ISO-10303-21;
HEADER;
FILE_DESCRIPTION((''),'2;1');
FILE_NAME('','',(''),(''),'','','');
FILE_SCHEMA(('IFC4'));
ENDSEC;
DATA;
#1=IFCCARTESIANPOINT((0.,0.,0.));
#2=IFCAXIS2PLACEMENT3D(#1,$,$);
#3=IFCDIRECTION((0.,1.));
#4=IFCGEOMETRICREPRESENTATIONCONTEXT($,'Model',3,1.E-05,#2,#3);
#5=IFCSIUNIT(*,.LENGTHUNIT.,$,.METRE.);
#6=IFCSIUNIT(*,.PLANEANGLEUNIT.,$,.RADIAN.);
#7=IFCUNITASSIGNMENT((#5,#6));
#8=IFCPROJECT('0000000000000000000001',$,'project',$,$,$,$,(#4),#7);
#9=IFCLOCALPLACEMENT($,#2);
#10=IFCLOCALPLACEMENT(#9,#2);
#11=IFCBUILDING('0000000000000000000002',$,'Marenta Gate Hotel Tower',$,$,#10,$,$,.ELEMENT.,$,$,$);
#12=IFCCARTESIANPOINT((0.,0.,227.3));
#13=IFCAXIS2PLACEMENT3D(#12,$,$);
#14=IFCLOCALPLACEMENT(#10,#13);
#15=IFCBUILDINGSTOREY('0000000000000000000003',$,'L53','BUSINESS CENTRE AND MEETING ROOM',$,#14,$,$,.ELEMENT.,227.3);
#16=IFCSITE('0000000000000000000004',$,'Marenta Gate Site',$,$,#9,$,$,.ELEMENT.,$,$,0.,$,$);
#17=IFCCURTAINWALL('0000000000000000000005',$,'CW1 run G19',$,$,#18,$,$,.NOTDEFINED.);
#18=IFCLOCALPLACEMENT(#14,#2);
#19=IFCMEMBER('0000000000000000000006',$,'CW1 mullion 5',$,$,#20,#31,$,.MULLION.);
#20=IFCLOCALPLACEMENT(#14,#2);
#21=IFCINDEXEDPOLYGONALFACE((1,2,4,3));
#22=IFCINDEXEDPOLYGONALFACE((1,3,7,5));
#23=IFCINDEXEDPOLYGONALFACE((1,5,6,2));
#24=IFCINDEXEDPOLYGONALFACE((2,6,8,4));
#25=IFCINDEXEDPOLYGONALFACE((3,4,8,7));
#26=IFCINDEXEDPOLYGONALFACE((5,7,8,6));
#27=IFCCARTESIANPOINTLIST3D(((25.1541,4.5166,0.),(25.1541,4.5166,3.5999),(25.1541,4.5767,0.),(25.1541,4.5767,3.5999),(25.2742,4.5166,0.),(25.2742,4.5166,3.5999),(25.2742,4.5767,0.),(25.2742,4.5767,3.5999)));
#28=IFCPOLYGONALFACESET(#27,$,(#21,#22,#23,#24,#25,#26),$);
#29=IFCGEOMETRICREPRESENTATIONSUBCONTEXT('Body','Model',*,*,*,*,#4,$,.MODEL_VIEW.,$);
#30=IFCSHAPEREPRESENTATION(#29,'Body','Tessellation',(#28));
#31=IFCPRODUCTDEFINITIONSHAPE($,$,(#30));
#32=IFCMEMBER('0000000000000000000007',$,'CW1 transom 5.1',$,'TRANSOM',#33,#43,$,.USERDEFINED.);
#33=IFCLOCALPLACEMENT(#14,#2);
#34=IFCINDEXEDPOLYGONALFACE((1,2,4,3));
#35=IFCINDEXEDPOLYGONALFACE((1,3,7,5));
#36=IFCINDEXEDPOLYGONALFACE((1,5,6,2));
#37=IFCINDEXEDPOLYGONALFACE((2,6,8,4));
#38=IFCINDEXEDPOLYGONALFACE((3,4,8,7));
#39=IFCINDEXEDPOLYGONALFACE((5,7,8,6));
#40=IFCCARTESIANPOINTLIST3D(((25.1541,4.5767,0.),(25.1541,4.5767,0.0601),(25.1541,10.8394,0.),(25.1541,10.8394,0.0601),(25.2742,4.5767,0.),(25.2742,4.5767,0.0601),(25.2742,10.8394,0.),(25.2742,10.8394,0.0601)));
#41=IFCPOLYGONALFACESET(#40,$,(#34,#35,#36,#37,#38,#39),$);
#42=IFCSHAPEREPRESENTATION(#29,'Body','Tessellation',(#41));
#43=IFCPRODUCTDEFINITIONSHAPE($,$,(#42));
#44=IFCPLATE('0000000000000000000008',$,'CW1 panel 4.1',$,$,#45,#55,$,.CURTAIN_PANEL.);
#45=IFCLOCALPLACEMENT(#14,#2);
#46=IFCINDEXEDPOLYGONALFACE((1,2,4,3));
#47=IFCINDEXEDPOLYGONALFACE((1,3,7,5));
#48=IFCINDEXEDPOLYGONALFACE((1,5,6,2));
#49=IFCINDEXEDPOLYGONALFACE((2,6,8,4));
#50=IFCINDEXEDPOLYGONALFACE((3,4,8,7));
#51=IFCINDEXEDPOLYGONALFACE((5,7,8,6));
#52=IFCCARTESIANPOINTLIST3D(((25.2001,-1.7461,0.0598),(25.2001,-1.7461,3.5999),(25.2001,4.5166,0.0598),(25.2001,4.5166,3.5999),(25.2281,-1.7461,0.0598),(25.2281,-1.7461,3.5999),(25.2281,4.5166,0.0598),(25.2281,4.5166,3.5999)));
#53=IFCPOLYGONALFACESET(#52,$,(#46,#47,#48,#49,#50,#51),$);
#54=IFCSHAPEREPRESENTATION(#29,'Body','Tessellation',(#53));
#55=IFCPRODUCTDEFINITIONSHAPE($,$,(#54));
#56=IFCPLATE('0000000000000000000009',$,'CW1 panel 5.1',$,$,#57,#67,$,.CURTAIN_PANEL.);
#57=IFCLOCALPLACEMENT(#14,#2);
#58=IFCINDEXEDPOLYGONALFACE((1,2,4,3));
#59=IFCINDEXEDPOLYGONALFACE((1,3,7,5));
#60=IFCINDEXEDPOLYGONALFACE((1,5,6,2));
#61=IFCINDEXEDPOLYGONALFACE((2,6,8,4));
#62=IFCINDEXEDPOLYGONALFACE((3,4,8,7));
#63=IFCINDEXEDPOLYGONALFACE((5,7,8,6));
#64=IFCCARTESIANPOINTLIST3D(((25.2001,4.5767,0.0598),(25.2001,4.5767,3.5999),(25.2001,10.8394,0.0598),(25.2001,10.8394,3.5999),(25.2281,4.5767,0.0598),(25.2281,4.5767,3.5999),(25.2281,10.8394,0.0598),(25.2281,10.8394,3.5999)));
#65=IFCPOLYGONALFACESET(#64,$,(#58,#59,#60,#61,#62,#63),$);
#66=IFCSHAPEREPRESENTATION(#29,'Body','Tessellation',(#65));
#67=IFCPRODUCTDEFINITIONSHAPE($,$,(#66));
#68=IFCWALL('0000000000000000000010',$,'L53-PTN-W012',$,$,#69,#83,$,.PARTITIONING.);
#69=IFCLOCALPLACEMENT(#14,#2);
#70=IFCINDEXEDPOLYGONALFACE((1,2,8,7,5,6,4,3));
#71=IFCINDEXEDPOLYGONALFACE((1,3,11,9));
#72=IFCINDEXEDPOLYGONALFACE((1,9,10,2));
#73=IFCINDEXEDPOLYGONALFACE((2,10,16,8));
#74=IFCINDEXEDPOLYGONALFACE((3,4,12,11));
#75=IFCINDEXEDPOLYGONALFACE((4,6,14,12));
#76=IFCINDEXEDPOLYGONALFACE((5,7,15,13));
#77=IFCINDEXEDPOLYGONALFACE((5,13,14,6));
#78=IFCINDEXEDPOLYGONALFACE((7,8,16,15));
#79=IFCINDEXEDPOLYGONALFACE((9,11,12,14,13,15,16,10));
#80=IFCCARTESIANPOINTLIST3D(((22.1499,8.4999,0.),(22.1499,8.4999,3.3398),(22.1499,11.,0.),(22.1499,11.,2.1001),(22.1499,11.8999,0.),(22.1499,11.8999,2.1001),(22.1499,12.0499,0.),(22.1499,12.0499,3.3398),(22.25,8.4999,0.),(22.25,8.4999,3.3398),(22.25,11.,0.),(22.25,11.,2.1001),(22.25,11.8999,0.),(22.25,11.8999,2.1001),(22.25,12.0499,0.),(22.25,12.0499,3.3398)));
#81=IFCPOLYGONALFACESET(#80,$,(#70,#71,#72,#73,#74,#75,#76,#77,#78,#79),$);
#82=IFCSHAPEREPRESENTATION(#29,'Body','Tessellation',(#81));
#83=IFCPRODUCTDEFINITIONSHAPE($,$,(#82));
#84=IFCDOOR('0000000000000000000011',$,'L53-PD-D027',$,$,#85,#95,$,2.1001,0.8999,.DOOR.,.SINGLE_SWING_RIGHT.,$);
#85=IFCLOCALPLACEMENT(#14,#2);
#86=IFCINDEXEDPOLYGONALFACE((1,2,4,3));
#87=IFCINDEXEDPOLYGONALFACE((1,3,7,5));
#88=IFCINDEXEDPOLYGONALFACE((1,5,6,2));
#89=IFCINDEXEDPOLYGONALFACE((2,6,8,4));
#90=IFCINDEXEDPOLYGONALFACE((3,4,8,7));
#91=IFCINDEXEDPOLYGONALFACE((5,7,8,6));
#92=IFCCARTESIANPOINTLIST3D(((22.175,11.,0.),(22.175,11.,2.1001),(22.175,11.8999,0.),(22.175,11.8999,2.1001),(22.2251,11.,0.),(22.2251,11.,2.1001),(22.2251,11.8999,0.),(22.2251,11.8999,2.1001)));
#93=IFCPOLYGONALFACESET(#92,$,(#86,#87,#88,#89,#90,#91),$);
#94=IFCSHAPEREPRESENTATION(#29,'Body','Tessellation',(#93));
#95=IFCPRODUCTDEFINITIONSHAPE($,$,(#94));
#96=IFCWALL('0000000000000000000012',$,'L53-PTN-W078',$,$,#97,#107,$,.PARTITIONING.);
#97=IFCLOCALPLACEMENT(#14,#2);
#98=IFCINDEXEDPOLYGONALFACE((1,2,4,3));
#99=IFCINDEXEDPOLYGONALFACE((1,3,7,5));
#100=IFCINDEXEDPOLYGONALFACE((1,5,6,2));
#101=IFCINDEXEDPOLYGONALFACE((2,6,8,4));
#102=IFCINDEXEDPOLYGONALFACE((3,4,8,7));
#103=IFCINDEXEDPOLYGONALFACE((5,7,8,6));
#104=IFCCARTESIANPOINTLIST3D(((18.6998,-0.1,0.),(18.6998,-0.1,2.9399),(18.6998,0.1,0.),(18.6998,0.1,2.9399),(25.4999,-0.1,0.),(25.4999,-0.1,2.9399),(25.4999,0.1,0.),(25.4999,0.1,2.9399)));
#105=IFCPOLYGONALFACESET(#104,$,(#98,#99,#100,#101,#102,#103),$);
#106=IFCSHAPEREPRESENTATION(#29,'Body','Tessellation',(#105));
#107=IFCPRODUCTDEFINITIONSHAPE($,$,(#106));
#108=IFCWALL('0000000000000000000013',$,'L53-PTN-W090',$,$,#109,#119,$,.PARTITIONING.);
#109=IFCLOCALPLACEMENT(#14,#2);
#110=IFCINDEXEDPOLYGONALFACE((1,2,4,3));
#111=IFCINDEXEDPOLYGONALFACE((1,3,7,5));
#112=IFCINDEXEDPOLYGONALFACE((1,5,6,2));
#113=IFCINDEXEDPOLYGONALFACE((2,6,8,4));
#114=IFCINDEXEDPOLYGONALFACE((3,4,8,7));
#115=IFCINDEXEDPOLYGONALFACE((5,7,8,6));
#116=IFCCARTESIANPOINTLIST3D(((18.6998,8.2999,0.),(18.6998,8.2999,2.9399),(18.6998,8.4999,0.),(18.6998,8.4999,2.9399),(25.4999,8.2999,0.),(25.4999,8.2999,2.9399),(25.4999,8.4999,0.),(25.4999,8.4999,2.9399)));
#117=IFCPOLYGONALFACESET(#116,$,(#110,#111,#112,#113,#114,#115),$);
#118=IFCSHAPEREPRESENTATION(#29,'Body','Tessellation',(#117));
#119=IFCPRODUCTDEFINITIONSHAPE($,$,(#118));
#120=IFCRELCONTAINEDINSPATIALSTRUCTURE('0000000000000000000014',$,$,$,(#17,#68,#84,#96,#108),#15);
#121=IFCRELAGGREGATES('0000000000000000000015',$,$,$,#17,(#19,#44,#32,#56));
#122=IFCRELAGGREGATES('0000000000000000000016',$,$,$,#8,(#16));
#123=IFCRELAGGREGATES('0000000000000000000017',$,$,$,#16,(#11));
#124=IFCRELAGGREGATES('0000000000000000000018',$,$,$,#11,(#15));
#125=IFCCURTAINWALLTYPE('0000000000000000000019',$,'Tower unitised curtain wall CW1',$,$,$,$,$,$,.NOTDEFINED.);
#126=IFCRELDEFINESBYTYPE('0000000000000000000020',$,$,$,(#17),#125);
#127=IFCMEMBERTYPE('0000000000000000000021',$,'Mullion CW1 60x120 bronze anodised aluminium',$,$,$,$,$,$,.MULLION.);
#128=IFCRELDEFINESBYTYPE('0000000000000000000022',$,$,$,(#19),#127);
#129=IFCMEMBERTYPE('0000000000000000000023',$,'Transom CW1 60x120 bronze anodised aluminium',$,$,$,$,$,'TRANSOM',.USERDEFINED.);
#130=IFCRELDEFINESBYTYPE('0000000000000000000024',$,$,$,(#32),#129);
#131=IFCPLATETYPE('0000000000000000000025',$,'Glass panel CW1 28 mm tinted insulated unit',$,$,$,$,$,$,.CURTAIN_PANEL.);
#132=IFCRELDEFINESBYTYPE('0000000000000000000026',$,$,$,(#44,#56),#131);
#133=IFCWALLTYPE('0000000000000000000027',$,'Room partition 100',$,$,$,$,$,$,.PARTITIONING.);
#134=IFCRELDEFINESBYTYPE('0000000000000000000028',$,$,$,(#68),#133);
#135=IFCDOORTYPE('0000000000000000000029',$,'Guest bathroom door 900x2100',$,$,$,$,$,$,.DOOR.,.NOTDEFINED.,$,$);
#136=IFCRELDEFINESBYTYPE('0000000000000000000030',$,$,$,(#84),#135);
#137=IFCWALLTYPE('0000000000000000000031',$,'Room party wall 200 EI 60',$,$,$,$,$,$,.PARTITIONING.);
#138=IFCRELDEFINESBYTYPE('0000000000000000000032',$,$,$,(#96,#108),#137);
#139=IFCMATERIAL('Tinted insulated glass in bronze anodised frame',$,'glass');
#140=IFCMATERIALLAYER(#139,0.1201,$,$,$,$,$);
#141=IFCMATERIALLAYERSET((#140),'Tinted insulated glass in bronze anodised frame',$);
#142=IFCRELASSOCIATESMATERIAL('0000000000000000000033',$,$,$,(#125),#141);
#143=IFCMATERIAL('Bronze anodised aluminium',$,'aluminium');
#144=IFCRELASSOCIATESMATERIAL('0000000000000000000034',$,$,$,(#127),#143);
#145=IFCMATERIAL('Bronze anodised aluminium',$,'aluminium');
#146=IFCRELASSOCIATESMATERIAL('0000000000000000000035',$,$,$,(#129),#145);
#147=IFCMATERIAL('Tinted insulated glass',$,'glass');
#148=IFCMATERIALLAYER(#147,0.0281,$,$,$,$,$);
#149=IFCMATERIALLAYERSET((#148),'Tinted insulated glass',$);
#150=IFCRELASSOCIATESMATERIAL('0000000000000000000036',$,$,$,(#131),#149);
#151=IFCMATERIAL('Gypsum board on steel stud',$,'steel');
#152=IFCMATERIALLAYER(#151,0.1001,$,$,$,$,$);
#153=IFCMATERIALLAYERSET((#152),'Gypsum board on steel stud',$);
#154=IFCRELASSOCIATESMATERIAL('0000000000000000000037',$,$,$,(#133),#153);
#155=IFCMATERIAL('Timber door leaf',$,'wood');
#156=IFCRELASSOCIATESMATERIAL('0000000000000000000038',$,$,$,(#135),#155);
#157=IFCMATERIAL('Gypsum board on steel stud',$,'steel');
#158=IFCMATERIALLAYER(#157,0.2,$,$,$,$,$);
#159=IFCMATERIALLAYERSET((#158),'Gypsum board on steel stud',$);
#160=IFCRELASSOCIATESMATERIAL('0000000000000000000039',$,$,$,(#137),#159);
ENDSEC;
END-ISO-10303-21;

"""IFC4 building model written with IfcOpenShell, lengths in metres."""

from ifc_helpers import new_model, si_unit, direction, frame, frame_2d, origin, origin_2d, place, context, subcontext, project, spatial, rectangle, extrude, material, layer, layer_set, material_profile, profile_set, type_object, element, fill, aggregate, save


model = new_model("IFC4")

# Units and contexts
model_context = context("Model", 3, precision=1e-05, world=origin(), true_north=direction((0.0, 1.0)))
body_context = subcontext(model_context, "Body", "Model", "MODEL_VIEW")
ifc_project = project(units=[si_unit("LENGTHUNIT", "METRE"), si_unit("PLANEANGLEUNIT", "RADIAN")], contexts=[model_context])

# Site, building, storey
site_placement = place(None, origin())
site = spatial("IfcSite", under=ifc_project, at=site_placement, Name="Marenta Gate Site", CompositionType="ELEMENT", RefElevation=0.0)
building_placement = place(site_placement, origin())
building = spatial("IfcBuilding", under=site, at=building_placement, Name="Marenta Gate Hotel Tower", CompositionType="ELEMENT")
storey_placement = place(building_placement, frame((0.0, 0.0, 227.3)))
storey = spatial("IfcBuildingStorey", under=building, at=storey_placement, Name="L53", Description="BUSINESS CENTRE AND MEETING ROOM", CompositionType="ELEMENT", Elevation=227.3)

# Curtain wall, members, plates
ifc_material_1 = material(Name="Tinted insulated glass in bronze anodised frame", Category="glass")
ifc_layer_1 = layer(ifc_material_1, 0.1201)
ifc_layer_set_1 = layer_set([ifc_layer_1], Name="Tinted insulated glass in bronze anodised frame")
curtain_wall_type = type_object("IfcCurtainWallType", Name="Tower unitised curtain wall CW1", PredefinedType="NOTDEFINED", material=ifc_layer_set_1)
curtain_wall_placement = place(storey_placement, origin())
curtain_wall = element("IfcCurtainWall", 1, at=curtain_wall_placement, inside=storey, type_object=curtain_wall_type, Name="CW1 run G19", PredefinedType="NOTDEFINED")
ifc_material_2 = material(Name="Bronze anodised aluminium", Category="aluminium")
ifc_material_profile_1 = material_profile(ifc_material_2, rectangle(XDim=0.1201, YDim=0.0601, at=origin_2d()), Name="Mullion CW1 60x120 bronze anodised aluminium")
ifc_profile_set_1 = profile_set([ifc_material_profile_1], Name="Bronze anodised aluminium")
member_type_1 = type_object("IfcMemberType", Name="Mullion CW1 60x120 bronze anodised aluminium", PredefinedType="MULLION", material=ifc_profile_set_1)
member_1_placement = place(storey_placement, frame((25.2141, 4.5466, 0.0), z_axis=(0.0, 0.0, 1.0), x_axis=(-1.0, 0.0, 0.0)))
member_1 = element("IfcMember", 2, at=member_1_placement, type_object=member_type_1, Name="CW1 mullion 5", PredefinedType="MULLION", context=body_context, shape_type="SweptSolid", body=[
    extrude(rectangle(XDim=0.1201, YDim=0.0601, at=origin_2d()), origin(), (0.0, 0.0, 1.0), 3.5999),
])
ifc_material_3 = material(Name="Bronze anodised aluminium", Category="aluminium")
ifc_material_profile_2 = material_profile(ifc_material_3, rectangle(XDim=0.1201, YDim=0.0601, at=origin_2d()), Name="Transom CW1 60x120 bronze anodised aluminium")
ifc_profile_set_2 = profile_set([ifc_material_profile_2], Name="Bronze anodised aluminium")
member_type_2 = type_object("IfcMemberType", Name="Transom CW1 60x120 bronze anodised aluminium", ElementType="TRANSOM", PredefinedType="USERDEFINED", material=ifc_profile_set_2)
member_2_placement = place(storey_placement, frame((25.2141, 4.5767, 0.03), z_axis=(0.0, 1.0, 0.0), x_axis=(-1.0, 0.0, 0.0)))
member_2 = element("IfcMember", 3, at=member_2_placement, type_object=member_type_2, Name="CW1 transom 5.1", ObjectType="TRANSOM", PredefinedType="USERDEFINED", context=body_context, shape_type="SweptSolid", body=[
    extrude(rectangle(XDim=0.1201, YDim=0.0601, at=origin_2d()), origin(), (0.0, 0.0, 1.0), 6.2627),
])
ifc_material_4 = material(Name="Tinted insulated glass", Category="glass")
ifc_layer_2 = layer(ifc_material_4, 0.0281)
ifc_layer_set_2 = layer_set([ifc_layer_2], Name="Tinted insulated glass")
plate_type = type_object("IfcPlateType", Name="Glass panel CW1 28 mm tinted insulated unit", PredefinedType="CURTAIN_PANEL", material=ifc_layer_set_2)
plate_1_placement = place(storey_placement, frame((25.2141, 1.3853, 0.0598), z_axis=(0.0, 0.0, 1.0), x_axis=(0.0, 1.0, 0.0)))
plate_1 = element("IfcPlate", 4, at=plate_1_placement, type_object=plate_type, Name="CW1 panel 4.1", PredefinedType="CURTAIN_PANEL", context=body_context, shape_type="SweptSolid", body=[
    extrude(rectangle(XDim=6.2627, YDim=0.0281, at=origin_2d()), origin(), (0.0, 0.0, 1.0), 3.54),
])
plate_2_placement = place(storey_placement, frame((25.2141, 7.708, 0.0598), z_axis=(0.0, 0.0, 1.0), x_axis=(0.0, 1.0, 0.0)))
plate_2 = element("IfcPlate", 5, at=plate_2_placement, type_object=plate_type, Name="CW1 panel 5.1", PredefinedType="CURTAIN_PANEL", context=body_context, shape_type="SweptSolid", body=[
    extrude(rectangle(XDim=6.2627, YDim=0.0281, at=origin_2d()), origin(), (0.0, 0.0, 1.0), 3.54),
])
aggregate(curtain_wall, [member_1, plate_1, member_2, plate_2])

# Wall, opening, door
ifc_material_5 = material(Name="Gypsum board on steel stud", Category="steel")
ifc_layer_3 = layer(ifc_material_5, 0.1001)
ifc_layer_set_3 = layer_set([ifc_layer_3], Name="Gypsum board on steel stud")
wall_type_1 = type_object("IfcWallType", Name="Room partition 100", PredefinedType="PARTITIONING", material=ifc_layer_set_3)
wall_placement = place(storey_placement, frame((22.2, 8.5, 0.0), z_axis=(0.0, 0.0, 1.0), x_axis=(0.0, 1.0, 0.0)))
wall = element("IfcWall", 6, at=wall_placement, inside=storey, type_object=wall_type_1, Name="L53-PTN-W012", PredefinedType="PARTITIONING", context=body_context, shape_type="SweptSolid", body=[
    extrude(rectangle(XDim=3.55, YDim=0.1001, at=frame_2d((1.7749, 0.0))), origin(), (0.0, 0.0, 1.0), 3.3398),
])
opening_placement = place(wall_placement, frame((2.5, 0.0, 0.0)))
opening = element("IfcOpeningElement", 7, at=opening_placement, cuts=wall, PredefinedType="OPENING", context=body_context, shape_type="SweptSolid", body=[
    extrude(rectangle(XDim=0.8999, YDim=2.1001, at=frame_2d((0.45, 1.05))), frame((0.0, 0.05, 0.0), z_axis=(0.0, -1.0, 0.0), x_axis=(1.0, 0.0, 0.0)), (0.0, 0.0, 1.0), 0.1001),
])
ifc_material_6 = material(Name="Timber door leaf", Category="wood")
door_type = type_object("IfcDoorType", Name="Guest bathroom door 900x2100", OperationType="NOTDEFINED", PredefinedType="DOOR", material=ifc_material_6)
door_placement = place(opening_placement, origin())
door = element("IfcDoor", 8, at=door_placement, inside=storey, type_object=door_type, Name="L53-PD-D027", OperationType="SINGLE_SWING_RIGHT", OverallHeight=2.1001, OverallWidth=0.8999, PredefinedType="DOOR", context=body_context, shape_type="SweptSolid", body=[
    extrude(rectangle(XDim=0.8999, YDim=2.1001, at=frame_2d((0.45, 1.05))), frame((0.0, 0.0249, 0.0), z_axis=(0.0, -1.0, 0.0), x_axis=(1.0, 0.0, 0.0)), (0.0, 0.0, 1.0), 0.05),
])
fill(opening, door)

# Walls
ifc_material_7 = material(Name="Gypsum board on steel stud", Category="steel")
ifc_layer_4 = layer(ifc_material_7, 0.2)
ifc_layer_set_4 = layer_set([ifc_layer_4], Name="Gypsum board on steel stud")
wall_type_2 = type_object("IfcWallType", Name="Room party wall 200 EI 60", PredefinedType="PARTITIONING", material=ifc_layer_set_4)
for number, where, z_axis, x_axis, name in (
    (9, (18.7, 0.0, 0.0), (0.0, 0.0, 1.0), (1.0, 0.0, 0.0), "L53-PTN-W078"),
    (10, (18.7, 8.3999, 0.0), (0.0, 0.0, 1.0), (1.0, 0.0, 0.0), "L53-PTN-W090"),
):
    element("IfcWall", number, at=place(storey_placement, frame(where, z_axis=z_axis, x_axis=x_axis)), inside=storey, type_object=wall_type_2, Name=name, PredefinedType="PARTITIONING", context=body_context, shape_type="SweptSolid", body=[
        extrude(rectangle(XDim=6.8, YDim=0.2, at=frame_2d((3.3999, 0.0))), origin(), (0.0, 0.0, 1.0), 2.9399),
    ])

save(model, "model.ifc")
